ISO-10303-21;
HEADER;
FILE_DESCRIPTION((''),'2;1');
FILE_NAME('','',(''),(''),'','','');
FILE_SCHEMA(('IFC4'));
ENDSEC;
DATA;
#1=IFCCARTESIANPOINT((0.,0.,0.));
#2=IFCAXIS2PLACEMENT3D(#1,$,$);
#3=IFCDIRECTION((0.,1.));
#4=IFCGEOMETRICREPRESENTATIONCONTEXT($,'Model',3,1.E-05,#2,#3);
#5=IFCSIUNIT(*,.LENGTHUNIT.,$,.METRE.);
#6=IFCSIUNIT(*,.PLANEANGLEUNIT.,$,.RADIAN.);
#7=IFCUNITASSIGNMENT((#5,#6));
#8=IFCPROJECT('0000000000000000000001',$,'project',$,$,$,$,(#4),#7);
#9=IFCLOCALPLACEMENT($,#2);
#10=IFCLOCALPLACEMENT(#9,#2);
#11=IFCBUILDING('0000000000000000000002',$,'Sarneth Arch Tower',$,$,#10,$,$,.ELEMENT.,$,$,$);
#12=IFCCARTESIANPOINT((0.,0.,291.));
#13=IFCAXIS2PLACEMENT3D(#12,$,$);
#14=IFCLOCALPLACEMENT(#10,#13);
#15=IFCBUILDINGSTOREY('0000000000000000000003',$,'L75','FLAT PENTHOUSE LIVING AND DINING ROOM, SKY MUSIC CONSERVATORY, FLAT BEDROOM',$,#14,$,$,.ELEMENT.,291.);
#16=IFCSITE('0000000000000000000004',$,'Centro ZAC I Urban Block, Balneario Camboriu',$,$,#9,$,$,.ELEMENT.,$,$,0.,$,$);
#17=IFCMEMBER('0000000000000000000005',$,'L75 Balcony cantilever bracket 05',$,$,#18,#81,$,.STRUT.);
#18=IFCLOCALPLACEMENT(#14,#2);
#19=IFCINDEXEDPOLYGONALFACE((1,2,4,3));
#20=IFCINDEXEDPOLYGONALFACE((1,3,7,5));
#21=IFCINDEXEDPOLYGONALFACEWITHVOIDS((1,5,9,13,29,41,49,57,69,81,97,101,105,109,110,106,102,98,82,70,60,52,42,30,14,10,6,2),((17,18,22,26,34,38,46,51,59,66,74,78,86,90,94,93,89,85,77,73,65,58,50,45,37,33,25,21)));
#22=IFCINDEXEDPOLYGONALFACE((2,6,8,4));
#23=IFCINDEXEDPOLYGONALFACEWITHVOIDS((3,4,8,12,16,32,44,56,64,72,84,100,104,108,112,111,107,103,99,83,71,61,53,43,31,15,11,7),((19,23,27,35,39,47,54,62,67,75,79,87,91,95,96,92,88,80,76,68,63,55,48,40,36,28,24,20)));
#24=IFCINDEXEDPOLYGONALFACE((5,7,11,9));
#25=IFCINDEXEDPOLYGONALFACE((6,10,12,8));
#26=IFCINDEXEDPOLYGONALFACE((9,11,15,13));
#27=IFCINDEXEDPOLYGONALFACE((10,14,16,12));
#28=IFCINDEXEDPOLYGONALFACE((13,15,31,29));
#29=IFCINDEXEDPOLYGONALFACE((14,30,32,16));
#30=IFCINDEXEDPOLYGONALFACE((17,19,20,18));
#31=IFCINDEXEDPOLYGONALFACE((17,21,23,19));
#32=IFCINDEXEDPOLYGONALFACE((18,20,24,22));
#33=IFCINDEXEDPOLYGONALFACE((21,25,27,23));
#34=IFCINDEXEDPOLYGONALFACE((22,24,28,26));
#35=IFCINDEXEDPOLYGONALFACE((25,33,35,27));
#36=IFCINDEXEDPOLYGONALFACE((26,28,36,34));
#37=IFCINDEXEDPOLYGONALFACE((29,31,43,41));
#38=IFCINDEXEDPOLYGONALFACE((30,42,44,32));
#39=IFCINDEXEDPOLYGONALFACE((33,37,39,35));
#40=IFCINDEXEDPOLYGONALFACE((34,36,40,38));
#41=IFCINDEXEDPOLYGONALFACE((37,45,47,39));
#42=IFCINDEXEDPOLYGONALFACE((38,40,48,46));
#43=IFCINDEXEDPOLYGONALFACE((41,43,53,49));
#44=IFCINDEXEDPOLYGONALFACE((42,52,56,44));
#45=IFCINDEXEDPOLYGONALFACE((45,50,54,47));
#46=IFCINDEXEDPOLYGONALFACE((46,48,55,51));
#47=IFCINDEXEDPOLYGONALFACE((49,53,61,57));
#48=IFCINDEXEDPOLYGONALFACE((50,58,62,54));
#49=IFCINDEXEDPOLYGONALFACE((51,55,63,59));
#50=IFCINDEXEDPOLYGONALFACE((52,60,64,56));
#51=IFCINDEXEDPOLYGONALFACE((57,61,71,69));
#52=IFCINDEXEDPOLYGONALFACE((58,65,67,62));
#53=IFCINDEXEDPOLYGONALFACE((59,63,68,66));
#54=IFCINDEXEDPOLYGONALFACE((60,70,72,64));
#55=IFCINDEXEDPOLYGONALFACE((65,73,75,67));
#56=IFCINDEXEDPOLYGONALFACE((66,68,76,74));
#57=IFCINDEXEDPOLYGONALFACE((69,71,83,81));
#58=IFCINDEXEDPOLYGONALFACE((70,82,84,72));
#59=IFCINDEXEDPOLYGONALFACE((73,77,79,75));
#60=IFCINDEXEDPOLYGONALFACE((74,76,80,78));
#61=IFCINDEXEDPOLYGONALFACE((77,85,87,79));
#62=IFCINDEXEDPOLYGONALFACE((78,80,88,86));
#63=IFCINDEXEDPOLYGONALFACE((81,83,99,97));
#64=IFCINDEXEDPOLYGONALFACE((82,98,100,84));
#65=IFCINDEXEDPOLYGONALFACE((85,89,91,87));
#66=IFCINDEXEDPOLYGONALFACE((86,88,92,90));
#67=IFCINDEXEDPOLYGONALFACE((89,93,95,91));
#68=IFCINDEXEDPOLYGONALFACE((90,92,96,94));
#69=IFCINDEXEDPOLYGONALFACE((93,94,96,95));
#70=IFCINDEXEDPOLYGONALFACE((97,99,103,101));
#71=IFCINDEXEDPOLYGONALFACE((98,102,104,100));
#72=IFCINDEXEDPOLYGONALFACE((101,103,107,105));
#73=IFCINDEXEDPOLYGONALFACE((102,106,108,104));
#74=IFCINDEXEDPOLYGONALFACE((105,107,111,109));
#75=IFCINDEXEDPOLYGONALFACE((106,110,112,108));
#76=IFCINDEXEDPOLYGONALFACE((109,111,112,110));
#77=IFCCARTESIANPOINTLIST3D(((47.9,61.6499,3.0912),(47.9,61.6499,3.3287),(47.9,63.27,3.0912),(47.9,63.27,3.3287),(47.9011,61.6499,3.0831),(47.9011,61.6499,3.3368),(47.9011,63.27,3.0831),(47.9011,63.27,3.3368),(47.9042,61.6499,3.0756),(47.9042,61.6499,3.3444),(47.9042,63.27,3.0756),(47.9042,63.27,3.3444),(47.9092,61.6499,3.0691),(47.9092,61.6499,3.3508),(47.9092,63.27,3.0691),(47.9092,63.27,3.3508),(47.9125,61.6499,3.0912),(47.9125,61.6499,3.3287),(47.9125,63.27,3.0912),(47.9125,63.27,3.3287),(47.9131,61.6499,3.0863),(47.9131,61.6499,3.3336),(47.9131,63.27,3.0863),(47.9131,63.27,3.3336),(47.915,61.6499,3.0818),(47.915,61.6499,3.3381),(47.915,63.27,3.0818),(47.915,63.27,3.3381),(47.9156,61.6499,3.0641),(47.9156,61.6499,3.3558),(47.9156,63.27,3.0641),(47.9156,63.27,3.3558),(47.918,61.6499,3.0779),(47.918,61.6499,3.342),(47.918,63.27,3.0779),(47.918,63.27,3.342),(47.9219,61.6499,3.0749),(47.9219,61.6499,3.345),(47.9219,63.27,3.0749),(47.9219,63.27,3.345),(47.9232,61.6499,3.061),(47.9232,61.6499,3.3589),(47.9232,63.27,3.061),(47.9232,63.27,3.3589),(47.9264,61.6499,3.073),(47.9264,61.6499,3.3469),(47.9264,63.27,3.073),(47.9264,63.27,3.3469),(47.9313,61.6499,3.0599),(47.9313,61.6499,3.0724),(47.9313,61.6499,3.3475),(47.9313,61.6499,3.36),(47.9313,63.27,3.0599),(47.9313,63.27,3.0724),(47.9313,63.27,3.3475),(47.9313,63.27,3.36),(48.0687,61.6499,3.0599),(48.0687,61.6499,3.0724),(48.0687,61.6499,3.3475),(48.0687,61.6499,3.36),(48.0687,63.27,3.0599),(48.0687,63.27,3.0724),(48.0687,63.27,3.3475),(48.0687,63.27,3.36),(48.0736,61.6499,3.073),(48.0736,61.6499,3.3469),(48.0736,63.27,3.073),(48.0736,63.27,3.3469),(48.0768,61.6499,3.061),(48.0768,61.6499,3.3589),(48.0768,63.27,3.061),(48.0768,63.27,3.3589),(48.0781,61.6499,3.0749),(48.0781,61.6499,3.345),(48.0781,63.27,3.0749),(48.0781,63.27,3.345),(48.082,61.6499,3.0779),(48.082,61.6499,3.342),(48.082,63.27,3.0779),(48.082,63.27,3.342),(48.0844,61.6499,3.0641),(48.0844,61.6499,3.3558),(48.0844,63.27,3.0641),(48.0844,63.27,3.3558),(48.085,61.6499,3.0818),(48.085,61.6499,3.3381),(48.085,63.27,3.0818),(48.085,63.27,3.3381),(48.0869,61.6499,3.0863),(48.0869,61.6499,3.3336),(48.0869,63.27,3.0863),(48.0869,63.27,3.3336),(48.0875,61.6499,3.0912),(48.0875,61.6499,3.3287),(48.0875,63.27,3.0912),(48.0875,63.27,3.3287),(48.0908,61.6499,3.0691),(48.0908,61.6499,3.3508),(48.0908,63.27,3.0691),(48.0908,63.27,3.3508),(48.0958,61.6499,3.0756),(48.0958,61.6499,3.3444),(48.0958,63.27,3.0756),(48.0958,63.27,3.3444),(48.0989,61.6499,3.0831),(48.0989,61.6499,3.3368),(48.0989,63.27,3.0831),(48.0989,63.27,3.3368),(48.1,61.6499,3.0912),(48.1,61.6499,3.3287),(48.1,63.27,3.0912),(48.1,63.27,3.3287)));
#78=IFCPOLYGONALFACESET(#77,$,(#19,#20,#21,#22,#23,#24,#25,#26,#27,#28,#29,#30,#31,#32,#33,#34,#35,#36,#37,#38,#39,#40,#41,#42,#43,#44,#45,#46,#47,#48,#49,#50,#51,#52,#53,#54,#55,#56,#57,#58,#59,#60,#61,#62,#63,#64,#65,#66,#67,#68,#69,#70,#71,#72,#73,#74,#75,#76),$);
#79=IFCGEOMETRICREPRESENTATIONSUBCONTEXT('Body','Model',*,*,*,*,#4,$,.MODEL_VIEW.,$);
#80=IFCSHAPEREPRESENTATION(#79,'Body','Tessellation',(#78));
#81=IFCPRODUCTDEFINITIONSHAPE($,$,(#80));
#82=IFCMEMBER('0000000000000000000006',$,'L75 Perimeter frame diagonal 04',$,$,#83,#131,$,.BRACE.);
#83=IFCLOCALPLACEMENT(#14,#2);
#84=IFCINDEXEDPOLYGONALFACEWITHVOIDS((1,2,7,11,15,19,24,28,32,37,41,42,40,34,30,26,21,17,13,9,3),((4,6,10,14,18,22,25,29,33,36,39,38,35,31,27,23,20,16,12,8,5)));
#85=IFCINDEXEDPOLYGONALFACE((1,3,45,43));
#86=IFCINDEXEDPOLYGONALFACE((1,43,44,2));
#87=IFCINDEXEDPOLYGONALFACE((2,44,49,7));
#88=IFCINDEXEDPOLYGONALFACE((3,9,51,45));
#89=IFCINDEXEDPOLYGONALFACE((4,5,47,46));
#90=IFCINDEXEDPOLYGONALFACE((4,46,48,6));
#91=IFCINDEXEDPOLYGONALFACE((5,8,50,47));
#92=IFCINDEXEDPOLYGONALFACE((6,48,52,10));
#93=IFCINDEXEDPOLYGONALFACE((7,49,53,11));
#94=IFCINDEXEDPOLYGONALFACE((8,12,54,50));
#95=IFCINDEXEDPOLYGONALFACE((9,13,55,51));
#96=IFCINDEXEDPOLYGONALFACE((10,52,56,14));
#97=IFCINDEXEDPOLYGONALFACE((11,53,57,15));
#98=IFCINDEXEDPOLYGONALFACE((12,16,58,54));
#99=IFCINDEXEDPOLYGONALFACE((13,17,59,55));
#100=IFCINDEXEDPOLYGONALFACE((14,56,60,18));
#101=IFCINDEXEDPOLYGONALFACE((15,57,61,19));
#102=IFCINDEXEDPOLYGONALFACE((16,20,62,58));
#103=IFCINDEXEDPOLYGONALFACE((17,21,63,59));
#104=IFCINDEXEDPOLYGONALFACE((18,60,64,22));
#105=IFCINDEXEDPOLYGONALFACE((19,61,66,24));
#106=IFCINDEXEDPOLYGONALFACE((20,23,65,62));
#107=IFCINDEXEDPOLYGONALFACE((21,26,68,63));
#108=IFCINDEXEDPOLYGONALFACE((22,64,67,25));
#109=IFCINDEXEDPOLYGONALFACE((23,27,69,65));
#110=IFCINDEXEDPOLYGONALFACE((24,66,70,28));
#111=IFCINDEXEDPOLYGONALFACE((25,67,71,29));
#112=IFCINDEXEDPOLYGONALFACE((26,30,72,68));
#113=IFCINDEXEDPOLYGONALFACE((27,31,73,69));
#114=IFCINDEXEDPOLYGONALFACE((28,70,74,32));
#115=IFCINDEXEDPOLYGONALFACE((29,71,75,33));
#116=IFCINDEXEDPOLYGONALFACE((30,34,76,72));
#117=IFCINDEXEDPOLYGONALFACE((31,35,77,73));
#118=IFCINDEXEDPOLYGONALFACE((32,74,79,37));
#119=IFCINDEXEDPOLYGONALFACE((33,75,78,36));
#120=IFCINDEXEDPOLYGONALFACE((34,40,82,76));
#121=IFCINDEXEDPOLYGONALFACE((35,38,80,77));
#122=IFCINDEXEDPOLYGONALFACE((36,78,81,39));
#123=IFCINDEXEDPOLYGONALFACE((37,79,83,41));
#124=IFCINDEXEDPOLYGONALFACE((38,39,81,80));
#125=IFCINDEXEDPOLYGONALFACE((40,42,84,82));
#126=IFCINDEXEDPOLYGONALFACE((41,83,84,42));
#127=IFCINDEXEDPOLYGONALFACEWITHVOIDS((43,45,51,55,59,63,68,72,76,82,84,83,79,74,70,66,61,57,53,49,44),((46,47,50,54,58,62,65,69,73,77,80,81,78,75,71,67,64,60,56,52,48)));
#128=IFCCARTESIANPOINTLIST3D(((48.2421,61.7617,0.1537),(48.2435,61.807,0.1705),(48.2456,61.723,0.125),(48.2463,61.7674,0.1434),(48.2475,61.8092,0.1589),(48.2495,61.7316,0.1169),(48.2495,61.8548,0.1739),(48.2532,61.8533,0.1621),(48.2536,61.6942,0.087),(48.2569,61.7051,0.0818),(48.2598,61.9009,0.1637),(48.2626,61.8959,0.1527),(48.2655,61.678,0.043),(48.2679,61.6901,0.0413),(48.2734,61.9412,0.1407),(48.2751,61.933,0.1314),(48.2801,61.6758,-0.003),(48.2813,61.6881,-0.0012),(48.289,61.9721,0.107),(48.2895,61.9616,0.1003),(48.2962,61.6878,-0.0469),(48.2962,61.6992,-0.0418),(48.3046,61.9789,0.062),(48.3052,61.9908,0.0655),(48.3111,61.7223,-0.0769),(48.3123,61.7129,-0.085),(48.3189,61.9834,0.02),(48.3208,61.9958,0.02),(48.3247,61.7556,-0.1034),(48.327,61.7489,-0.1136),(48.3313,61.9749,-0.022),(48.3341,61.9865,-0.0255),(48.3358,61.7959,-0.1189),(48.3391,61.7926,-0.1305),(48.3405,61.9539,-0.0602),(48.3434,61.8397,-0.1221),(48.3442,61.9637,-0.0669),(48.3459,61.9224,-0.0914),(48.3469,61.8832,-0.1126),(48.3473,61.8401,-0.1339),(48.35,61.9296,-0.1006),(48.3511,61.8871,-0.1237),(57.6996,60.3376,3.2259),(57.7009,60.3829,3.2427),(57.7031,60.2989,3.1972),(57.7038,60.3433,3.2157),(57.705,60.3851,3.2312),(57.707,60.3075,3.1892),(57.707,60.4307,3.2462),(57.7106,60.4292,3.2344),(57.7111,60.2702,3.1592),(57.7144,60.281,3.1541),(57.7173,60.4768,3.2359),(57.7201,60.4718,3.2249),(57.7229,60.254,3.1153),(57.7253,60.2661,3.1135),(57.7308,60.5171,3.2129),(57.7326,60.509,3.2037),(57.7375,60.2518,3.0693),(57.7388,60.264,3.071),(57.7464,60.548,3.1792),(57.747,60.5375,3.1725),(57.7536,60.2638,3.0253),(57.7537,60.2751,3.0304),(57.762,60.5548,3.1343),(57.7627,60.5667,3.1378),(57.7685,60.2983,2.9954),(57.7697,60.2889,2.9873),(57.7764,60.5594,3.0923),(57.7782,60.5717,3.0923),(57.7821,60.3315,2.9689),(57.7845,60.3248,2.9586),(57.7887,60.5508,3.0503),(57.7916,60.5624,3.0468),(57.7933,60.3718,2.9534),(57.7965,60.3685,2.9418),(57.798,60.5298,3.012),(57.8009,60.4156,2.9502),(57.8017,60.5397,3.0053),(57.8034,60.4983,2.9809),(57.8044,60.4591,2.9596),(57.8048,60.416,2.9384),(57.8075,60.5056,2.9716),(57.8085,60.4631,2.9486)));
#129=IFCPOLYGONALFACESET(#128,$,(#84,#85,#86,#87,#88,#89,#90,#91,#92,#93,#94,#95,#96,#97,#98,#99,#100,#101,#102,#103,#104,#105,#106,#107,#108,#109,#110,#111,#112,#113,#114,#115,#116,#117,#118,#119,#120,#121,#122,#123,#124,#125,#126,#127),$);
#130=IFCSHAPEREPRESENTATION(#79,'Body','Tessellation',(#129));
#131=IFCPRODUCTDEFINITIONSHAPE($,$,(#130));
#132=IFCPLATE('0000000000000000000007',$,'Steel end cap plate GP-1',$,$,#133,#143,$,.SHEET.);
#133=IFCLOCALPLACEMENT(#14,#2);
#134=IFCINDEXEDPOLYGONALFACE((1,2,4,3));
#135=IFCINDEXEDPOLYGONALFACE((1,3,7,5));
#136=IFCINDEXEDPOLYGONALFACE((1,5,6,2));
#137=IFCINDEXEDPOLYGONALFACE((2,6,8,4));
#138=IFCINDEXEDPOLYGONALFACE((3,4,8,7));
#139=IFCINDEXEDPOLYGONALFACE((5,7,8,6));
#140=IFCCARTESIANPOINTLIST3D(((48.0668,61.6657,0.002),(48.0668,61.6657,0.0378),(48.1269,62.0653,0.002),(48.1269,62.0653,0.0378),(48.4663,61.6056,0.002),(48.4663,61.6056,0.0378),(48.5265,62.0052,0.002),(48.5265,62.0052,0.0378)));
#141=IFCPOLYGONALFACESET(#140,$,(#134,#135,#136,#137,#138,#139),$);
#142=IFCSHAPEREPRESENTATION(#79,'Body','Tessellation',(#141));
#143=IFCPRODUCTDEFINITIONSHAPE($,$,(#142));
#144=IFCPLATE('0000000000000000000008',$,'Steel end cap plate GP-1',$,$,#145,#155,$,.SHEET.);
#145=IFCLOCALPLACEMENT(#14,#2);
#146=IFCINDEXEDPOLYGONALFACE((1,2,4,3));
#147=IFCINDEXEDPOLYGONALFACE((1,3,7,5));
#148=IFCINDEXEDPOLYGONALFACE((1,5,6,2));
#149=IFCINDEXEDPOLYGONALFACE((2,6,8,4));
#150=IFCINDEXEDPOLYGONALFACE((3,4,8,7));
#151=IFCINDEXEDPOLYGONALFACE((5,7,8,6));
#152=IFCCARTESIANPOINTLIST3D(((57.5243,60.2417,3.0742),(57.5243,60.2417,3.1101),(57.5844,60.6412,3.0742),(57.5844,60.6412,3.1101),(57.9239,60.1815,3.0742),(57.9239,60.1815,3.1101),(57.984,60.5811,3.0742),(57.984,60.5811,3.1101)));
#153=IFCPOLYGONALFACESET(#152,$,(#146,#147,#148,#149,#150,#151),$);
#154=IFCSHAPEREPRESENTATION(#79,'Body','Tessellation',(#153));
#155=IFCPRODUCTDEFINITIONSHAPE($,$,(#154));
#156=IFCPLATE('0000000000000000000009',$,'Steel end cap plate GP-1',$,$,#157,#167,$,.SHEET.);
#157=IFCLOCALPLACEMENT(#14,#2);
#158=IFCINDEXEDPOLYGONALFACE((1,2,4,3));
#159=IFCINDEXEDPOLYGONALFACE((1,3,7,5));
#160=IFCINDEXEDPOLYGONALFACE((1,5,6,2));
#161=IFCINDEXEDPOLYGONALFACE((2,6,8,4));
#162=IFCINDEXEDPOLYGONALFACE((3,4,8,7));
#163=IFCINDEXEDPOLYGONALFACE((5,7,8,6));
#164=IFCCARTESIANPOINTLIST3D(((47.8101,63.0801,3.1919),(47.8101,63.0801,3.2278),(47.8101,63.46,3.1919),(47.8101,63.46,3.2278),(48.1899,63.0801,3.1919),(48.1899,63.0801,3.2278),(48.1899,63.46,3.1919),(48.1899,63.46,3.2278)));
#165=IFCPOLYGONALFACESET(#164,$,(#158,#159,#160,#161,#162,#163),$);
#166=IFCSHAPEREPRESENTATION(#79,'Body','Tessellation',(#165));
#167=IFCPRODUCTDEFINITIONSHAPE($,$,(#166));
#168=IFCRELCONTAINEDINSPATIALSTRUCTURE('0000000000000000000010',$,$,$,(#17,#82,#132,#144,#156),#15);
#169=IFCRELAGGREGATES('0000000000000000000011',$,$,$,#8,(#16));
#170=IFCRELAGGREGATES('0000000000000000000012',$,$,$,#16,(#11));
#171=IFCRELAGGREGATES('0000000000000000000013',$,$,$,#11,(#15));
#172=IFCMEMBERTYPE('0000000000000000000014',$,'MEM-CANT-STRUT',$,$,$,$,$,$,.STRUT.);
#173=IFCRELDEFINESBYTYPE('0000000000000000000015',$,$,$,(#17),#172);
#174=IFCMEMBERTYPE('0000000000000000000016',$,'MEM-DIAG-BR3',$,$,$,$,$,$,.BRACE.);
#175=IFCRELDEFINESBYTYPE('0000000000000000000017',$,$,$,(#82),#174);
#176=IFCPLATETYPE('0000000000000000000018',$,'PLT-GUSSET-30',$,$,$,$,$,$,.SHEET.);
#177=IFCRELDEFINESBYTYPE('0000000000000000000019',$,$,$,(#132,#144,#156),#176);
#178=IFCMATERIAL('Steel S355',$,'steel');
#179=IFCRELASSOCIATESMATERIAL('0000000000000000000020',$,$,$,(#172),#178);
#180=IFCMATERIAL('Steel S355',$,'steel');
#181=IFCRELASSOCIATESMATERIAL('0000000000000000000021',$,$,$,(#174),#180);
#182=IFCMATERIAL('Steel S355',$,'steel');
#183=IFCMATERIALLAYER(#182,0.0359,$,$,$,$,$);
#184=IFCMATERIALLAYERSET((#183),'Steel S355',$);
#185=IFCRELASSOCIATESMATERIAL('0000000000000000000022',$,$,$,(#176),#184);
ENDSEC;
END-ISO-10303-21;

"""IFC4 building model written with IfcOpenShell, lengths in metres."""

from ifc_helpers import new_model, si_unit, direction, frame, origin, origin_2d, place, context, subcontext, project, spatial, rectangle, hollow_rectangle, hollow_circle, extrude, material, layer, layer_set, material_profile, profile_set, type_object, element, save


model = new_model("IFC4")

# Units and contexts
model_context = context("Model", 3, precision=1e-05, world=origin(), true_north=direction((0.0, 1.0)))
body_context = subcontext(model_context, "Body", "Model", "MODEL_VIEW")
ifc_project = project(units=[si_unit("LENGTHUNIT", "METRE"), si_unit("PLANEANGLEUNIT", "RADIAN")], contexts=[model_context])

# Site, building, storey
site_placement = place(None, origin())
site = spatial("IfcSite", under=ifc_project, at=site_placement, Name="Centro ZAC I Urban Block, Balneario Camboriu", CompositionType="ELEMENT", RefElevation=0.0)
building_placement = place(site_placement, origin())
building = spatial("IfcBuilding", under=site, at=building_placement, Name="Sarneth Arch Tower", CompositionType="ELEMENT")
storey_placement = place(building_placement, frame((0.0, 0.0, 291.0)))
storey = spatial("IfcBuildingStorey", under=building, at=storey_placement, Name="L75", Description="FLAT PENTHOUSE LIVING AND DINING ROOM, SKY MUSIC CONSERVATORY, FLAT BEDROOM", CompositionType="ELEMENT", Elevation=291.0)

# Members
ifc_material_1 = material(Name="Steel S355", Category="steel")
ifc_material_profile_1 = material_profile(ifc_material_1, hollow_rectangle(XDim=0.2, YDim=0.3, WallThickness=0.0125, InnerFilletRadius=0.0188, OuterFilletRadius=0.0312, at=origin_2d()), Name="RHS300x200x12.5")
ifc_profile_set_1 = profile_set([ifc_material_profile_1], Name="Steel S355")
member_type_1 = type_object("IfcMemberType", Name="MEM-CANT-STRUT", PredefinedType="STRUT", material=ifc_profile_set_1)
member_1_placement = place(storey_placement, frame((48.0, 61.6499, 3.21), z_axis=(0.0, 1.0, 0.0), x_axis=(-1.0, 0.0, 0.0)))
element("IfcMember", 1, at=member_1_placement, inside=storey, type_object=member_type_1, Name="L75 Balcony cantilever bracket 05", PredefinedType="STRUT", context=body_context, shape_type="SweptSolid", body=[
    extrude(hollow_rectangle(XDim=0.2, YDim=0.3, WallThickness=0.0125, InnerFilletRadius=0.0188, OuterFilletRadius=0.0312, at=origin_2d()), origin(), (0.0, 0.0, 1.0), 1.6201),
])
ifc_material_2 = material(Name="Steel S355", Category="steel")
ifc_material_profile_2 = material_profile(ifc_material_2, hollow_circle(Radius=0.1621, WallThickness=0.0125, at=origin_2d()), Name="CHS324x12.5")
ifc_profile_set_2 = profile_set([ifc_material_profile_2], Name="Steel S355")
member_type_2 = type_object("IfcMemberType", Name="MEM-DIAG-BR3", PredefinedType="BRACE", material=ifc_profile_set_2)
member_2_placement = place(storey_placement, frame((48.2966, 61.8354, 0.02), z_axis=(0.941471, -0.141763, 0.305836), x_axis=(0.148897, 0.988853, 0.0)))
element("IfcMember", 2, at=member_2_placement, inside=storey, type_object=member_type_2, Name="L75 Perimeter frame diagonal 04", PredefinedType="BRACE", context=body_context, shape_type="SweptSolid", body=[
    extrude(hollow_circle(Radius=0.1621, WallThickness=0.0125, at=origin_2d()), origin(), (0.0, 0.0, 1.0), 10.0454),
])

# Plates
ifc_material_3 = material(Name="Steel S355", Category="steel")
ifc_layer_1 = layer(ifc_material_3, 0.0359)
ifc_layer_set_1 = layer_set([ifc_layer_1], Name="Steel S355")
plate_type = type_object("IfcPlateType", Name="PLT-GUSSET-30", PredefinedType="SHEET", material=ifc_layer_set_1)
for number, where, z_axis, x_axis, name in (
    (3, (48.2966, 61.8354, 0.002), (0.0, 0.0, 1.0), (-0.988861, 0.148845, 0.0), "Steel end cap plate GP-1"),
    (4, (57.7542, 60.4114, 3.0742), (0.0, 0.0, 1.0), (-0.988861, 0.148845, 0.0), "Steel end cap plate GP-1"),
):
    element("IfcPlate", number, at=place(storey_placement, frame(where, z_axis=z_axis, x_axis=x_axis)), inside=storey, type_object=plate_type, Name=name, PredefinedType="SHEET", context=body_context, shape_type="SweptSolid", body=[
        extrude(rectangle(XDim=0.4041, YDim=0.4041, at=origin_2d()), origin(), (0.0, 0.0, 1.0), 0.0359),
    ])
plate_placement = place(storey_placement, frame((48.0, 63.27, 3.1919), z_axis=(0.0, 0.0, 1.0), x_axis=(0.0, 1.0, 0.0)))
element("IfcPlate", 5, at=plate_placement, inside=storey, type_object=plate_type, Name="Steel end cap plate GP-1", PredefinedType="SHEET", context=body_context, shape_type="SweptSolid", body=[
    extrude(rectangle(XDim=0.3799, YDim=0.3799, at=origin_2d()), origin(), (0.0, 0.0, 1.0), 0.0359),
])

save(model, "model.ifc")
